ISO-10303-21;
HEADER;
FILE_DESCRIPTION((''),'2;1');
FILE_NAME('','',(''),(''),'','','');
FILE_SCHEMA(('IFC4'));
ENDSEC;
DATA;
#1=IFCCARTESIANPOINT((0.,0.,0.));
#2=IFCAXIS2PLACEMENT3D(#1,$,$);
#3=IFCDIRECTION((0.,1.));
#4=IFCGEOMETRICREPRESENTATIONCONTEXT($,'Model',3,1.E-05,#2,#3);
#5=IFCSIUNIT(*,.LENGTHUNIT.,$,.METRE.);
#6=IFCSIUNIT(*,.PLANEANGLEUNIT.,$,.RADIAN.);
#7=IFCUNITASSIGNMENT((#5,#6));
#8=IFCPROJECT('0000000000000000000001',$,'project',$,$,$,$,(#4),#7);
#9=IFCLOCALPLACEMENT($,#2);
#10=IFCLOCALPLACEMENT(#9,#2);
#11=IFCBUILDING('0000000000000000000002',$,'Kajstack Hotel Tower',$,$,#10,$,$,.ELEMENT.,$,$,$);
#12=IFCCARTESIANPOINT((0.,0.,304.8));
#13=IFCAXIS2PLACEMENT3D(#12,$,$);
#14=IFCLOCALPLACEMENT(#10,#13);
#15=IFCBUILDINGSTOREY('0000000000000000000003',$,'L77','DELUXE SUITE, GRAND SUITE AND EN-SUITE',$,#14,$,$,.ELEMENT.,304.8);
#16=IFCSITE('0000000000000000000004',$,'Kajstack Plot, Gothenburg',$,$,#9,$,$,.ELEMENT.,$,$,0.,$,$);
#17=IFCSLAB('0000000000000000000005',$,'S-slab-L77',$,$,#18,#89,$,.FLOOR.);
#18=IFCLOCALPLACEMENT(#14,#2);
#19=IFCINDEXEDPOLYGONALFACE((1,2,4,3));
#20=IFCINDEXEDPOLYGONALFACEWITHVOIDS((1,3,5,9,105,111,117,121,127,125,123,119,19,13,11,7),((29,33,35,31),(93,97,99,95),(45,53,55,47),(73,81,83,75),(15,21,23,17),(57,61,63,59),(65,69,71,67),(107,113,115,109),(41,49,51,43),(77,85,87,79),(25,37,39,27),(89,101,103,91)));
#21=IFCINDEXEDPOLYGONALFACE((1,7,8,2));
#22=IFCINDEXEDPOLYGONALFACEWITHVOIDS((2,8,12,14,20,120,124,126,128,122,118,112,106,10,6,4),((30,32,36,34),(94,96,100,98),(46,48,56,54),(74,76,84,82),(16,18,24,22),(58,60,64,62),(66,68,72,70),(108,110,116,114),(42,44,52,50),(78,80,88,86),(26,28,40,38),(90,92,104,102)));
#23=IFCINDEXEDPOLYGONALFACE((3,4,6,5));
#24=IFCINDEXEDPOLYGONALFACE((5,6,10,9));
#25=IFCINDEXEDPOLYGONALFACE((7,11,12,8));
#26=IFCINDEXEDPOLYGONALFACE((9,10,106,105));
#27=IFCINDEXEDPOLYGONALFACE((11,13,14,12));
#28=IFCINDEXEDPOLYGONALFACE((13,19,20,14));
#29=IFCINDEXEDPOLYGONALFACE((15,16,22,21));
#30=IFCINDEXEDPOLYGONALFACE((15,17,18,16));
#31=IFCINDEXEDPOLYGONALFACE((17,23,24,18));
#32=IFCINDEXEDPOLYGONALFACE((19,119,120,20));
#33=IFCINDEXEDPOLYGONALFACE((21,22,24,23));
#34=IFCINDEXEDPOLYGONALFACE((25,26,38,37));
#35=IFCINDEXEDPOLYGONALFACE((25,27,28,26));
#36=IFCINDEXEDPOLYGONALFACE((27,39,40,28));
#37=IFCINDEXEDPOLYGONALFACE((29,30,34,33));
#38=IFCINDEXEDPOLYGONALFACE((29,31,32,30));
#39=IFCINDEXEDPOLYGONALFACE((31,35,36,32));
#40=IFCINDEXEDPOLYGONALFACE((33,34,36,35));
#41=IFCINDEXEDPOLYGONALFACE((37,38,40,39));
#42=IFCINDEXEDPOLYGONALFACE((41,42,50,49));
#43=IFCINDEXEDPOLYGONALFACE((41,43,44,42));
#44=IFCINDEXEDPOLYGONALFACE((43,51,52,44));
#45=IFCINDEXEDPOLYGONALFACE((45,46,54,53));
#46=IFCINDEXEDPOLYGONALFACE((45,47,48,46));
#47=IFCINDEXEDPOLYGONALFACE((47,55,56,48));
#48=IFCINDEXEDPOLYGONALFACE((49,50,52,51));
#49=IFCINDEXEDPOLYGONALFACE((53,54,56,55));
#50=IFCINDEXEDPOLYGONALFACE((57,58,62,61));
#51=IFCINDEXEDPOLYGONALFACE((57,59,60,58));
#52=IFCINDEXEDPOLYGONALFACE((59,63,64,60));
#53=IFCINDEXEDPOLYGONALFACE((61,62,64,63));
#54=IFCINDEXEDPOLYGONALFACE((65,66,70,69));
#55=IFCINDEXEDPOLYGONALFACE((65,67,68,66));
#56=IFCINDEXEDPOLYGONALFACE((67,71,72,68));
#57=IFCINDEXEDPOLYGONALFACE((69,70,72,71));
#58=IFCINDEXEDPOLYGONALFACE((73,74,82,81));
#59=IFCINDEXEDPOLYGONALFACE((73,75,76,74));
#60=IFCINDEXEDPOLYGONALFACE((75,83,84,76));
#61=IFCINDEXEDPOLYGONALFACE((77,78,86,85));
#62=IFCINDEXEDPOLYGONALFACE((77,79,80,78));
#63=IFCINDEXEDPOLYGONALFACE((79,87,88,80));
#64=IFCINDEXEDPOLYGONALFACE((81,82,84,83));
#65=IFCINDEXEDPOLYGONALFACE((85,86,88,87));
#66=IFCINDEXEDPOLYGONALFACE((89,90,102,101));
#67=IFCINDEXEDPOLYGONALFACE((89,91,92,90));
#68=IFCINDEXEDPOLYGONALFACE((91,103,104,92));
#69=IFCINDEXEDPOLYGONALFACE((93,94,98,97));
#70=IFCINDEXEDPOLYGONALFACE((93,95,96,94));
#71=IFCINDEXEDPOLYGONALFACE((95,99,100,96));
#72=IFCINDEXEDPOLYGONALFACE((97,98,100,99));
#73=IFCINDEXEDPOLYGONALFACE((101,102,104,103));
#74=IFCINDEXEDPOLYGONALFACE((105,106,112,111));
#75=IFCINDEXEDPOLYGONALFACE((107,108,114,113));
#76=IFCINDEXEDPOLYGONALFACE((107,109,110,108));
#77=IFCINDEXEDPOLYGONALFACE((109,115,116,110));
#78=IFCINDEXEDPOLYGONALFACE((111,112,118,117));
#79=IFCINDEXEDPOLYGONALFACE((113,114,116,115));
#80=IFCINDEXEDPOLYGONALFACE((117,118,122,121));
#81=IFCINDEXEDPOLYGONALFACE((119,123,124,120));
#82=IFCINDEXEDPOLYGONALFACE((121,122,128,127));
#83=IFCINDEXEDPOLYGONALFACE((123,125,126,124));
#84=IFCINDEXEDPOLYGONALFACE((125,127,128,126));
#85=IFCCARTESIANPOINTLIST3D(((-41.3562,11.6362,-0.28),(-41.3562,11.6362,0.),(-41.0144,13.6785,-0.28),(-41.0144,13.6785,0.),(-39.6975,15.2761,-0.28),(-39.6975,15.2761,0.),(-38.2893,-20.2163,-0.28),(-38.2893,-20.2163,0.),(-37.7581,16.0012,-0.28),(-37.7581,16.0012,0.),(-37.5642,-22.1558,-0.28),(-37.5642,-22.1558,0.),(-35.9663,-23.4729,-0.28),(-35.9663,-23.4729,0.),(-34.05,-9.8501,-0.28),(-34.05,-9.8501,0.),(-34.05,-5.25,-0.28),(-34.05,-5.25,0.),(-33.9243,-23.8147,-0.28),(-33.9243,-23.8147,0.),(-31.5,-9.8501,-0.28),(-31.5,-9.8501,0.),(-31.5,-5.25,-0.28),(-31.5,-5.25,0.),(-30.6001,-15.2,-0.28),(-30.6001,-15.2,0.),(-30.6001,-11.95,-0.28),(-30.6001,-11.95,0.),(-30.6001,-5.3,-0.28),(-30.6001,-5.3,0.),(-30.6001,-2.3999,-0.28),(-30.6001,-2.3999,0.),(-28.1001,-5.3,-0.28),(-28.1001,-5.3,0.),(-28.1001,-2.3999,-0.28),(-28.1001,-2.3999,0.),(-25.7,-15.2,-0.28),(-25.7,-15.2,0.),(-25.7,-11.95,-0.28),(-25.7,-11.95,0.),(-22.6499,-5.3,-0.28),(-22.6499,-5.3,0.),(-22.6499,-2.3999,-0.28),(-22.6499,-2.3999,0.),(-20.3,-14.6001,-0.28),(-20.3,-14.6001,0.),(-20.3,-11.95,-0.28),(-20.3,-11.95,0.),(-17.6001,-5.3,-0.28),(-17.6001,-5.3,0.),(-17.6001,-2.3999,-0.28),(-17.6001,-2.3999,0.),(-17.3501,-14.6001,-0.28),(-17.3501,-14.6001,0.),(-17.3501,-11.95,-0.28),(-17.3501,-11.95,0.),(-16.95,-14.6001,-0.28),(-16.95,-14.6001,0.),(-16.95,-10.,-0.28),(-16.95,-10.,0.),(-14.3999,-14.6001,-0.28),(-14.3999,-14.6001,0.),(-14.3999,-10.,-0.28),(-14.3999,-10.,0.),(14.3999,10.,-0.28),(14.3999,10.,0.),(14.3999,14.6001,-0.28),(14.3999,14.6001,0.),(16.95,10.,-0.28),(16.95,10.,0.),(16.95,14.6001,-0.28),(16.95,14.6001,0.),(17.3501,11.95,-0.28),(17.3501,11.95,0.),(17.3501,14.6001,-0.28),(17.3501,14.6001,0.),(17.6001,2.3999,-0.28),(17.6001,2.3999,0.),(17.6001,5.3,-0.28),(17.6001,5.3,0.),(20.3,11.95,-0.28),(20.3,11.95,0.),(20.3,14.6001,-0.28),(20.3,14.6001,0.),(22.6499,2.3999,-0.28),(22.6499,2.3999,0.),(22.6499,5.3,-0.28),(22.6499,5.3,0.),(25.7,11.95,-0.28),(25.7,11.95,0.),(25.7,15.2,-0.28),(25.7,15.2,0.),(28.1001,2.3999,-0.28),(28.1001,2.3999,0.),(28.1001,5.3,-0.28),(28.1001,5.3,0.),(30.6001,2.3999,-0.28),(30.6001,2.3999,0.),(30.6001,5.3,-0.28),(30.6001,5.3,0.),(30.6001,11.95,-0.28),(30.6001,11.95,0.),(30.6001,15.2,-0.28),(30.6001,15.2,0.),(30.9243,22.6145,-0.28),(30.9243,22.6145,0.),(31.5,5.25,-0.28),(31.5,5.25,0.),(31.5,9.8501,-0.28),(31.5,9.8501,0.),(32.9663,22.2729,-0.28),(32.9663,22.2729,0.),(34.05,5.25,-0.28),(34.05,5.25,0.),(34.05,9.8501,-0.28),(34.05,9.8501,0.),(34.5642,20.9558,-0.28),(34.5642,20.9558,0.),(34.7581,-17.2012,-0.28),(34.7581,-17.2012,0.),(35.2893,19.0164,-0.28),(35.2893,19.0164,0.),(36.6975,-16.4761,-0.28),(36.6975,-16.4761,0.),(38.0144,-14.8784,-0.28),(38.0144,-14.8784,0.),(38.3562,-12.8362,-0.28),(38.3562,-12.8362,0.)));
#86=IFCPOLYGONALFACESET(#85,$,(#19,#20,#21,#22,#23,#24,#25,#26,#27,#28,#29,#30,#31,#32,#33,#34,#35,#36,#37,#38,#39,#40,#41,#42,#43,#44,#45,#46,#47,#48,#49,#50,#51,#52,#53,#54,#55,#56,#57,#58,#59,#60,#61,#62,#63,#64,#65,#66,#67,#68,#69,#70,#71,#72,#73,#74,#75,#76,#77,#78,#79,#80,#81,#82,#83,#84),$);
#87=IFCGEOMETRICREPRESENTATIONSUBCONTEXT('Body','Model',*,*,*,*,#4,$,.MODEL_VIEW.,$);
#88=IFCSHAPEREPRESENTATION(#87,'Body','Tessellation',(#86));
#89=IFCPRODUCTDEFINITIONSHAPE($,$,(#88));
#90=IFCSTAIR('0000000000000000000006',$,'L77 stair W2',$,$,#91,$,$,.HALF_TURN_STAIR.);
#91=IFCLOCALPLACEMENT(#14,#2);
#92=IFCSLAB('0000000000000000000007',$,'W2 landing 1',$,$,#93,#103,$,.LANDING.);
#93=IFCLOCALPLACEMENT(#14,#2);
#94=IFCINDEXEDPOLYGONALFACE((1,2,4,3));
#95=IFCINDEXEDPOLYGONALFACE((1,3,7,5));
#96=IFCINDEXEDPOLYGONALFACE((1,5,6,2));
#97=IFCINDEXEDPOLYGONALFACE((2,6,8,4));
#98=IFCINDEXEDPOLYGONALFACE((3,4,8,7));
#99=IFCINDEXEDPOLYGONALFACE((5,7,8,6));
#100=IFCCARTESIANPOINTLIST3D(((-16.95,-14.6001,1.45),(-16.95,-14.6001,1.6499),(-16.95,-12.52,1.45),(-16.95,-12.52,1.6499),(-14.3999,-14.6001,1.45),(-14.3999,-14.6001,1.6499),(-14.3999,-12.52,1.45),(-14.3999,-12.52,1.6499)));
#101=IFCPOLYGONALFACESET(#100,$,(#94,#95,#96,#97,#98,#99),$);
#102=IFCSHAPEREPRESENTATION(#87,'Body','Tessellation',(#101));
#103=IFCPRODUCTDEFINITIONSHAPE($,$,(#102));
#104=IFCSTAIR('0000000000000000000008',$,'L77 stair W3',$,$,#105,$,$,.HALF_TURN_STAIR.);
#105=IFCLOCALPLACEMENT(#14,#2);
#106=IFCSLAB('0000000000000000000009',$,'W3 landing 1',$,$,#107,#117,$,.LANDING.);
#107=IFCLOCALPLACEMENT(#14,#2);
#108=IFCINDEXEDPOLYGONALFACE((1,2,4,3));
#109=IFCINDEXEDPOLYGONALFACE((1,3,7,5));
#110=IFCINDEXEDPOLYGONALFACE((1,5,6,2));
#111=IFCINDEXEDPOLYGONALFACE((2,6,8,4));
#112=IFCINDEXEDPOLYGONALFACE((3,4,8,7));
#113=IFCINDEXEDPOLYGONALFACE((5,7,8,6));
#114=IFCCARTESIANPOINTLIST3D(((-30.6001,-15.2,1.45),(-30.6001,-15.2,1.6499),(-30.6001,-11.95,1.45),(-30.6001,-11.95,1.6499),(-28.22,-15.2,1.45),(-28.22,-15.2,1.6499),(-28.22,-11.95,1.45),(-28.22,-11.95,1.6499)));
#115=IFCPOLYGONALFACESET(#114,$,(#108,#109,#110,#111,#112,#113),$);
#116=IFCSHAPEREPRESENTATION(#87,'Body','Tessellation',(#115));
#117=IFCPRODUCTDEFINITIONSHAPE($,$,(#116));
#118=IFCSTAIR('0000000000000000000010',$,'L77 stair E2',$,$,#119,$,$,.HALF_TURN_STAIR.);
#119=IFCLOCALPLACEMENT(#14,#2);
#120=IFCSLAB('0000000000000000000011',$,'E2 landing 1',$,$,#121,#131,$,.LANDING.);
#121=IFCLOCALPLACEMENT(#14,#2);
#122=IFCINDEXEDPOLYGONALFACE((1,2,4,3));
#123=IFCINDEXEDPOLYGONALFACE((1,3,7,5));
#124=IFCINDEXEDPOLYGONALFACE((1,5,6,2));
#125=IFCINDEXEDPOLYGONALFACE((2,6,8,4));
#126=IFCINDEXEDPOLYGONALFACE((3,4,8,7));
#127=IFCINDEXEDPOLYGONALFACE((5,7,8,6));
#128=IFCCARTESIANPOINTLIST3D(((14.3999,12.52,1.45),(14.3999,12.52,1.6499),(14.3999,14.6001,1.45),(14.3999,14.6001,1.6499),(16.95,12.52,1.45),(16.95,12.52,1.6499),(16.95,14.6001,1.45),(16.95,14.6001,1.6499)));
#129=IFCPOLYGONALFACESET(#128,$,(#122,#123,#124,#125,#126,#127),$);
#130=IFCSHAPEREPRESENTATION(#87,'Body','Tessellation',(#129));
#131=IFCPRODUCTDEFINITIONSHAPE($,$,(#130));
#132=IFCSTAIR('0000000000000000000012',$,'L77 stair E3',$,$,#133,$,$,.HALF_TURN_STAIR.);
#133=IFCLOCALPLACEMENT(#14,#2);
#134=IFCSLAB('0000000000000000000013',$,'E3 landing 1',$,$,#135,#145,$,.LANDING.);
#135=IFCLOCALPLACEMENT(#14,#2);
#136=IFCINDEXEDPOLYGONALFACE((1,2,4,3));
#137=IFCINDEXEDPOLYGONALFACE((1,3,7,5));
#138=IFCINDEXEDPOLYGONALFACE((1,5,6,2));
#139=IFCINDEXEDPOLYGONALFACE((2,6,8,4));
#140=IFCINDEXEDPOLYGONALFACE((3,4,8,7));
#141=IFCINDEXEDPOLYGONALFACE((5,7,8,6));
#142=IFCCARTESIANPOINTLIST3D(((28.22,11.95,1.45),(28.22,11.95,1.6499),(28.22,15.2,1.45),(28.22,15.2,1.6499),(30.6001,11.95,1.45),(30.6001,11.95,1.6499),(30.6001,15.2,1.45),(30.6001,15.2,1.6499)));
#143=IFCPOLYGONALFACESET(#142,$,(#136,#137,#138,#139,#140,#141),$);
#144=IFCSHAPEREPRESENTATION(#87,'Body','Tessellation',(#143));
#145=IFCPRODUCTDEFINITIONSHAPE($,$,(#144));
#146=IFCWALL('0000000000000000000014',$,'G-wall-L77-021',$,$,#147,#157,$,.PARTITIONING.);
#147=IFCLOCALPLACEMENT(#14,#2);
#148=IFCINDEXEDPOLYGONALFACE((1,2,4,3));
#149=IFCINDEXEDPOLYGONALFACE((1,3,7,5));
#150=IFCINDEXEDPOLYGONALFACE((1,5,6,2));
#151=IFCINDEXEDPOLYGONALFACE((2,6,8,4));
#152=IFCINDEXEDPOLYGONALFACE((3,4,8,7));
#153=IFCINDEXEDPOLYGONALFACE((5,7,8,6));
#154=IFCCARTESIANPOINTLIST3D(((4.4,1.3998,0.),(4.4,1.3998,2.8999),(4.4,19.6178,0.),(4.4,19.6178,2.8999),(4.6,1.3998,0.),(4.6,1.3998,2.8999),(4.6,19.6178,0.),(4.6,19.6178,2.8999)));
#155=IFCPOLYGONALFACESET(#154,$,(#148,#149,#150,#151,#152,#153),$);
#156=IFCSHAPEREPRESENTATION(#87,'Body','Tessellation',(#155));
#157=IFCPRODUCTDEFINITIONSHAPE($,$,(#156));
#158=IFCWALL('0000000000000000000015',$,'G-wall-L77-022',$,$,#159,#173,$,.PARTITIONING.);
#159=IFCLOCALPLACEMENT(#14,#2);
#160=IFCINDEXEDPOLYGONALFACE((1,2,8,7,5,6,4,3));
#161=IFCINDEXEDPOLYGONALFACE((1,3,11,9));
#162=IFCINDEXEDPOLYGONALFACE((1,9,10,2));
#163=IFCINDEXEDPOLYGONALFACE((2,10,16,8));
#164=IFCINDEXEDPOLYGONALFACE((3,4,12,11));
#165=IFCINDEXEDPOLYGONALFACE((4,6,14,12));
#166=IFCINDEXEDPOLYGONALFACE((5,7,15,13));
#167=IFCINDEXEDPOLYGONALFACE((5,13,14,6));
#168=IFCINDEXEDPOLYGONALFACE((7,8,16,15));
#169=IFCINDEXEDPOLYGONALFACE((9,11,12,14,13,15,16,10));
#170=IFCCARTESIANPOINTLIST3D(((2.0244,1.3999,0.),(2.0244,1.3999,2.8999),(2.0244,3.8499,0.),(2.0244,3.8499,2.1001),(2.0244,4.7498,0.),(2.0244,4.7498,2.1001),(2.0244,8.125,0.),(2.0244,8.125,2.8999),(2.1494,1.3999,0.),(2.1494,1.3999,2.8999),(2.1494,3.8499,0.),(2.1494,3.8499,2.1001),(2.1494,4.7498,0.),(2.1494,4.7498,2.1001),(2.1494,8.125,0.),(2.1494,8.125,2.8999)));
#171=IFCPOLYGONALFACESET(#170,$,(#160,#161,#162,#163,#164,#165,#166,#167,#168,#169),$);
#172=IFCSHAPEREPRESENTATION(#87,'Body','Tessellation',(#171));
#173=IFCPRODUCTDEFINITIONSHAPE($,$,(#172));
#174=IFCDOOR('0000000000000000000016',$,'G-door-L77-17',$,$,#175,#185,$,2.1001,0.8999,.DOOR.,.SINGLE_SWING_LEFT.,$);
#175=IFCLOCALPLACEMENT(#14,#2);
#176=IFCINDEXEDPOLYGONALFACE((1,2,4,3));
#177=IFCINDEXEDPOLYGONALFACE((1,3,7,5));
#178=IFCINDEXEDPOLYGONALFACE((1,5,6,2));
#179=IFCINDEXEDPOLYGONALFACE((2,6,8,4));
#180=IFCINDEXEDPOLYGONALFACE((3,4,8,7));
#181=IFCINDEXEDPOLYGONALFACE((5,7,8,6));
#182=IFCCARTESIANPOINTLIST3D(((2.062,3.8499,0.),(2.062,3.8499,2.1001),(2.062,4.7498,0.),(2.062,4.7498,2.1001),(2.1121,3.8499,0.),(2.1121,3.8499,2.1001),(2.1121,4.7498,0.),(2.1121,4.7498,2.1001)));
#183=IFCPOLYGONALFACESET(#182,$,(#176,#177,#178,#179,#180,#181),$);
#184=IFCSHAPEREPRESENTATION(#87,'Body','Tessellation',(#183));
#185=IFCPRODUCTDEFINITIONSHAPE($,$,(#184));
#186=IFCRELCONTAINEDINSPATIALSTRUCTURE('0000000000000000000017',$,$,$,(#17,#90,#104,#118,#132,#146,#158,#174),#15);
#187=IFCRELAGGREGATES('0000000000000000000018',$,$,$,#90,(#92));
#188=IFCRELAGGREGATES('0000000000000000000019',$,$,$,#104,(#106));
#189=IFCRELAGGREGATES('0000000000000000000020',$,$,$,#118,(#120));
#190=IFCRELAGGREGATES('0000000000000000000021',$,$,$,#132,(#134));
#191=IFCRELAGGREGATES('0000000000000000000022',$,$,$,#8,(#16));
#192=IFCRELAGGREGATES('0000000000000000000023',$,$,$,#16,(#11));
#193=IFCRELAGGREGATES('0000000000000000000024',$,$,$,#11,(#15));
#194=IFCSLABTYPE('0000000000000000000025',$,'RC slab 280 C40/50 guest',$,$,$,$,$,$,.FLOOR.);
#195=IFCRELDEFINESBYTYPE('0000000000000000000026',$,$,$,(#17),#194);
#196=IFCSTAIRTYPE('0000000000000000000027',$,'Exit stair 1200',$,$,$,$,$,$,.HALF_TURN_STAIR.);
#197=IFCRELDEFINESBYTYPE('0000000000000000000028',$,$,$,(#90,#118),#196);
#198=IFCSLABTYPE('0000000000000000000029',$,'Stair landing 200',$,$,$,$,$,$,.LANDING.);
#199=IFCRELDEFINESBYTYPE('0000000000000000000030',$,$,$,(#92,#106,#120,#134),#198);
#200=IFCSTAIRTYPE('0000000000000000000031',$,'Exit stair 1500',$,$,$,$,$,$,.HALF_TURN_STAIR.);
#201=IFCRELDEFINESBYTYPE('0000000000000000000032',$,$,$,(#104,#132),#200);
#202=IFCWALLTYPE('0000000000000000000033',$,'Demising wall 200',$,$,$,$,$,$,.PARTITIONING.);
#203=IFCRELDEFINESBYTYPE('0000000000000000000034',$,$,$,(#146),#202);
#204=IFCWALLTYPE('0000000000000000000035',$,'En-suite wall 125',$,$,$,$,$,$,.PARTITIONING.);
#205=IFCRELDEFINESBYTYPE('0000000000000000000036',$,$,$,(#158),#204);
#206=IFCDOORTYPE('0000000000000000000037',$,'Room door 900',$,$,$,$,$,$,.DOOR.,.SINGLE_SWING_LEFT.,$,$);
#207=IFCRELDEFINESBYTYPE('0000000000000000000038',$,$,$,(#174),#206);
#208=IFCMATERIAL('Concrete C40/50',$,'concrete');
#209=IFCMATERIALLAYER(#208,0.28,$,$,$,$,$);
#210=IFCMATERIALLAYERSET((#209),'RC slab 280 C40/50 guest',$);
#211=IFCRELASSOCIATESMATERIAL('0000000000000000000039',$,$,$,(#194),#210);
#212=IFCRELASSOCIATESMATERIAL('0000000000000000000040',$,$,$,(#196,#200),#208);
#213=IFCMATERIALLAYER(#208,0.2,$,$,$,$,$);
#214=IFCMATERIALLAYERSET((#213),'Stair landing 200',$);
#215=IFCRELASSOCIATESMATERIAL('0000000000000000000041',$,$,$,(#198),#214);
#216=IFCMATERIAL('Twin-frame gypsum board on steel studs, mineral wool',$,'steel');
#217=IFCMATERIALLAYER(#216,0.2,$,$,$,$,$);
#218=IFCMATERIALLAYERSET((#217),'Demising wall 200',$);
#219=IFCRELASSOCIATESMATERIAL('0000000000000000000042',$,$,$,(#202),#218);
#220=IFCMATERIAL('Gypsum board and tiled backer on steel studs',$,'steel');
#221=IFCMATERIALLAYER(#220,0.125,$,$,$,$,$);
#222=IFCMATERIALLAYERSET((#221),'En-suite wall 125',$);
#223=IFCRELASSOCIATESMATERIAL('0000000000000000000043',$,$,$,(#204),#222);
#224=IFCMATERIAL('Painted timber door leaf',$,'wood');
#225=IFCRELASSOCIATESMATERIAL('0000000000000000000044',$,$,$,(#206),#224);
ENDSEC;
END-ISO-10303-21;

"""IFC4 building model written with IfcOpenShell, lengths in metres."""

from ifc_helpers import new_model, si_unit, direction, frame, frame_2d, origin, place, context, subcontext, project, spatial, polyline, rectangle, outline, extrude, material, layer, layer_set, type_object, element, fill, aggregate, save


model = new_model("IFC4")

# Units and contexts
model_context = context("Model", 3, precision=1e-05, world=origin(), true_north=direction((0.0, 1.0)))
body_context = subcontext(model_context, "Body", "Model", "MODEL_VIEW")
ifc_project = project(units=[si_unit("LENGTHUNIT", "METRE"), si_unit("PLANEANGLEUNIT", "RADIAN")], contexts=[model_context])

# Site, building, storey
site_placement = place(None, origin())
site = spatial("IfcSite", under=ifc_project, at=site_placement, Name="Kajstack Plot, Gothenburg", CompositionType="ELEMENT", RefElevation=0.0)
building_placement = place(site_placement, origin())
building = spatial("IfcBuilding", under=site, at=building_placement, Name="Kajstack Hotel Tower", CompositionType="ELEMENT")
storey_placement = place(building_placement, frame((0.0, 0.0, 304.8)))
storey = spatial("IfcBuildingStorey", under=building, at=storey_placement, Name="L77", Description="DELUXE SUITE, GRAND SUITE AND EN-SUITE", CompositionType="ELEMENT", Elevation=304.8)

# Slab
ifc_material_1 = material(Name="Concrete C40/50", Category="concrete")
ifc_layer_1 = layer(ifc_material_1, 0.28)
ifc_layer_set_1 = layer_set([ifc_layer_1], Name="RC slab 280 C40/50 guest")
slab_type_1 = type_object("IfcSlabType", Name="RC slab 280 C40/50 guest", PredefinedType="FLOOR", material=ifc_layer_set_1)
slab_1_placement = place(storey_placement, frame((0.0, 0.0, -0.28)))
element("IfcSlab", 1, at=slab_1_placement, inside=storey, type_object=slab_type_1, Name="S-slab-L77", PredefinedType="FLOOR", context=body_context, shape_type="SweptSolid", body=[
    extrude(outline(polyline([(-41.3562, 11.6362), (-38.2893, -20.2163), (-37.5642, -22.1558), (-35.9663, -23.4729), (-33.9243, -23.8147), (34.7581, -17.2012), (36.6975, -16.4761), (38.0144, -14.8784), (38.3562, -12.8362), (35.2893, 19.0164), (34.5642, 20.9558), (32.9663, 22.2729), (30.9243, 22.6145), (-37.7581, 16.0012), (-39.6975, 15.2761), (-41.0144, 13.6785), (-41.3562, 11.6362)]), holes=[polyline([(-22.6499, -5.3), (-22.6499, -2.3999), (-17.6001, -2.3999), (-17.6001, -5.3), (-22.6499, -5.3)]), polyline([(-20.3, -14.6001), (-17.3501, -14.6001), (-17.3501, -11.95), (-20.3, -11.95), (-20.3, -14.6001)]), polyline([(-30.6001, -5.3), (-28.1001, -5.3), (-28.1001, -2.3999), (-30.6001, -2.3999), (-30.6001, -5.3)]), polyline([(17.6001, 2.3999), (17.6001, 5.3), (22.6499, 5.3), (22.6499, 2.3999), (17.6001, 2.3999)]), polyline([(20.3, 14.6001), (17.3501, 14.6001), (17.3501, 11.95), (20.3, 11.95), (20.3, 14.6001)]), polyline([(30.6001, 5.3), (28.1001, 5.3), (28.1001, 2.3999), (30.6001, 2.3999), (30.6001, 5.3)]), polyline([(-34.05, -9.8501), (-31.5, -9.8501), (-31.5, -5.25), (-34.05, -5.25), (-34.05, -9.8501)]), polyline([(-16.95, -14.6001), (-14.3999, -14.6001), (-14.3999, -10.0), (-16.95, -10.0), (-16.95, -14.6001)]), polyline([(-30.6001, -15.2), (-25.7, -15.2), (-25.7, -11.95), (-30.6001, -11.95), (-30.6001, -15.2)]), polyline([(34.05, 9.8501), (31.5, 9.8501), (31.5, 5.25), (34.05, 5.25), (34.05, 9.8501)]), polyline([(16.95, 14.6001), (14.3999, 14.6001), (14.3999, 10.0), (16.95, 10.0), (16.95, 14.6001)]), polyline([(30.6001, 15.2), (25.7, 15.2), (25.7, 11.95), (30.6001, 11.95), (30.6001, 15.2)])]), origin(), (0.0, 0.0, 1.0), 0.28),
])

# Stairs, slabs
stair_type_1 = type_object("IfcStairType", Name="Exit stair 1200", PredefinedType="HALF_TURN_STAIR", material=ifc_material_1)
stair_1_placement = place(storey_placement, origin())
stair_1 = element("IfcStair", 2, at=stair_1_placement, inside=storey, type_object=stair_type_1, Name="L77 stair W2", PredefinedType="HALF_TURN_STAIR")
ifc_layer_2 = layer(ifc_material_1, 0.2)
ifc_layer_set_2 = layer_set([ifc_layer_2], Name="Stair landing 200")
slab_type_2 = type_object("IfcSlabType", Name="Stair landing 200", PredefinedType="LANDING", material=ifc_layer_set_2)
slab_2_placement = place(storey_placement, frame((0.0, 0.0, 1.45)))
slab_2 = element("IfcSlab", 3, at=slab_2_placement, type_object=slab_type_2, Name="W2 landing 1", PredefinedType="LANDING", context=body_context, shape_type="SweptSolid", body=[
    extrude(outline(polyline([(-16.95, -12.52), (-16.95, -14.6001), (-14.3999, -14.6001), (-14.3999, -12.52), (-16.95, -12.52)])), origin(), (0.0, 0.0, 1.0), 0.2),
])
aggregate(stair_1, [slab_2])
stair_type_2 = type_object("IfcStairType", Name="Exit stair 1500", PredefinedType="HALF_TURN_STAIR", material=ifc_material_1)
stair_2_placement = place(storey_placement, origin())
stair_2 = element("IfcStair", 4, at=stair_2_placement, inside=storey, type_object=stair_type_2, Name="L77 stair W3", PredefinedType="HALF_TURN_STAIR")
slab_3_placement = place(storey_placement, frame((0.0, 0.0, 1.45)))
slab_3 = element("IfcSlab", 5, at=slab_3_placement, type_object=slab_type_2, Name="W3 landing 1", PredefinedType="LANDING", context=body_context, shape_type="SweptSolid", body=[
    extrude(outline(polyline([(-28.22, -11.95), (-30.6001, -11.95), (-30.6001, -15.2), (-28.22, -15.2), (-28.22, -11.95)])), origin(), (0.0, 0.0, 1.0), 0.2),
])
aggregate(stair_2, [slab_3])
stair_3_placement = place(storey_placement, origin())
stair_3 = element("IfcStair", 6, at=stair_3_placement, inside=storey, type_object=stair_type_1, Name="L77 stair E2", PredefinedType="HALF_TURN_STAIR")
slab_4_placement = place(storey_placement, frame((0.0, 0.0, 1.45)))
slab_4 = element("IfcSlab", 7, at=slab_4_placement, type_object=slab_type_2, Name="E2 landing 1", PredefinedType="LANDING", context=body_context, shape_type="SweptSolid", body=[
    extrude(outline(polyline([(16.95, 12.52), (16.95, 14.6001), (14.3999, 14.6001), (14.3999, 12.52), (16.95, 12.52)])), origin(), (0.0, 0.0, 1.0), 0.2),
])
aggregate(stair_3, [slab_4])
stair_4_placement = place(storey_placement, origin())
stair_4 = element("IfcStair", 8, at=stair_4_placement, inside=storey, type_object=stair_type_2, Name="L77 stair E3", PredefinedType="HALF_TURN_STAIR")
slab_5_placement = place(storey_placement, frame((0.0, 0.0, 1.45)))
slab_5 = element("IfcSlab", 9, at=slab_5_placement, type_object=slab_type_2, Name="E3 landing 1", PredefinedType="LANDING", context=body_context, shape_type="SweptSolid", body=[
    extrude(outline(polyline([(28.22, 11.95), (30.6001, 11.95), (30.6001, 15.2), (28.22, 15.2), (28.22, 11.95)])), origin(), (0.0, 0.0, 1.0), 0.2),
])
aggregate(stair_4, [slab_5])

# Wall
ifc_material_2 = material(Name="Twin-frame gypsum board on steel studs, mineral wool", Category="steel")
ifc_layer_3 = layer(ifc_material_2, 0.2)
ifc_layer_set_3 = layer_set([ifc_layer_3], Name="Demising wall 200")
wall_type_1 = type_object("IfcWallType", Name="Demising wall 200", PredefinedType="PARTITIONING", material=ifc_layer_set_3)
wall_1_placement = place(storey_placement, frame((4.5, 1.3999, 0.0), z_axis=(0.0, 0.0, 1.0), x_axis=(0.0, 1.0, 0.0)))
element("IfcWall", 10, at=wall_1_placement, inside=storey, type_object=wall_type_1, Name="G-wall-L77-021", PredefinedType="PARTITIONING", context=body_context, shape_type="SweptSolid", body=[
    extrude(rectangle(XDim=18.218, YDim=0.2, at=frame_2d((9.1089, 0.0))), origin(), (0.0, 0.0, 1.0), 2.8999),
])

# Wall, opening, door
ifc_material_3 = material(Name="Gypsum board and tiled backer on steel studs", Category="steel")
ifc_layer_4 = layer(ifc_material_3, 0.125)
ifc_layer_set_4 = layer_set([ifc_layer_4], Name="En-suite wall 125")
wall_type_2 = type_object("IfcWallType", Name="En-suite wall 125", PredefinedType="PARTITIONING", material=ifc_layer_set_4)
wall_2_placement = place(storey_placement, frame((2.0869, 1.3999, 0.0), z_axis=(0.0, 0.0, 1.0), x_axis=(0.0, 1.0, 0.0)))
wall_2 = element("IfcWall", 11, at=wall_2_placement, inside=storey, type_object=wall_type_2, Name="G-wall-L77-022", PredefinedType="PARTITIONING", context=body_context, shape_type="SweptSolid", body=[
    extrude(rectangle(XDim=6.7251, YDim=0.125, at=frame_2d((3.3625, 0.0))), origin(), (0.0, 0.0, 1.0), 2.8999),
])
opening_1_placement = place(wall_2_placement, frame((2.45, 0.0, 0.0)))
opening_1 = element("IfcOpeningElement", 12, at=opening_1_placement, cuts=wall_2, PredefinedType="OPENING", context=body_context, shape_type="SweptSolid", body=[
    extrude(rectangle(XDim=0.8999, YDim=2.1001, at=frame_2d((0.45, 1.05))), frame((0.0, 0.0725, 0.0), z_axis=(0.0, -1.0, 0.0), x_axis=(1.0, 0.0, 0.0)), (0.0, 0.0, 1.0), 0.145),
])
ifc_material_4 = material(Name="Painted timber door leaf", Category="wood")
door_type = type_object("IfcDoorType", Name="Room door 900", OperationType="SINGLE_SWING_LEFT", PredefinedType="DOOR", material=ifc_material_4)
door_1_placement = place(opening_1_placement, origin())
door_1 = element("IfcDoor", 13, at=door_1_placement, inside=storey, type_object=door_type, Name="G-door-L77-17", OperationType="SINGLE_SWING_LEFT", OverallHeight=2.1001, OverallWidth=0.8999, PredefinedType="DOOR", context=body_context, shape_type="SweptSolid", body=[
    extrude(rectangle(XDim=0.8999, YDim=2.1001, at=frame_2d((0.45, 1.05))), frame((0.0, 0.0249, 0.0), z_axis=(0.0, -1.0, 0.0), x_axis=(1.0, 0.0, 0.0)), (0.0, 0.0, 1.0), 0.05),
])
fill(opening_1, door_1)

save(model, "model.ifc")
